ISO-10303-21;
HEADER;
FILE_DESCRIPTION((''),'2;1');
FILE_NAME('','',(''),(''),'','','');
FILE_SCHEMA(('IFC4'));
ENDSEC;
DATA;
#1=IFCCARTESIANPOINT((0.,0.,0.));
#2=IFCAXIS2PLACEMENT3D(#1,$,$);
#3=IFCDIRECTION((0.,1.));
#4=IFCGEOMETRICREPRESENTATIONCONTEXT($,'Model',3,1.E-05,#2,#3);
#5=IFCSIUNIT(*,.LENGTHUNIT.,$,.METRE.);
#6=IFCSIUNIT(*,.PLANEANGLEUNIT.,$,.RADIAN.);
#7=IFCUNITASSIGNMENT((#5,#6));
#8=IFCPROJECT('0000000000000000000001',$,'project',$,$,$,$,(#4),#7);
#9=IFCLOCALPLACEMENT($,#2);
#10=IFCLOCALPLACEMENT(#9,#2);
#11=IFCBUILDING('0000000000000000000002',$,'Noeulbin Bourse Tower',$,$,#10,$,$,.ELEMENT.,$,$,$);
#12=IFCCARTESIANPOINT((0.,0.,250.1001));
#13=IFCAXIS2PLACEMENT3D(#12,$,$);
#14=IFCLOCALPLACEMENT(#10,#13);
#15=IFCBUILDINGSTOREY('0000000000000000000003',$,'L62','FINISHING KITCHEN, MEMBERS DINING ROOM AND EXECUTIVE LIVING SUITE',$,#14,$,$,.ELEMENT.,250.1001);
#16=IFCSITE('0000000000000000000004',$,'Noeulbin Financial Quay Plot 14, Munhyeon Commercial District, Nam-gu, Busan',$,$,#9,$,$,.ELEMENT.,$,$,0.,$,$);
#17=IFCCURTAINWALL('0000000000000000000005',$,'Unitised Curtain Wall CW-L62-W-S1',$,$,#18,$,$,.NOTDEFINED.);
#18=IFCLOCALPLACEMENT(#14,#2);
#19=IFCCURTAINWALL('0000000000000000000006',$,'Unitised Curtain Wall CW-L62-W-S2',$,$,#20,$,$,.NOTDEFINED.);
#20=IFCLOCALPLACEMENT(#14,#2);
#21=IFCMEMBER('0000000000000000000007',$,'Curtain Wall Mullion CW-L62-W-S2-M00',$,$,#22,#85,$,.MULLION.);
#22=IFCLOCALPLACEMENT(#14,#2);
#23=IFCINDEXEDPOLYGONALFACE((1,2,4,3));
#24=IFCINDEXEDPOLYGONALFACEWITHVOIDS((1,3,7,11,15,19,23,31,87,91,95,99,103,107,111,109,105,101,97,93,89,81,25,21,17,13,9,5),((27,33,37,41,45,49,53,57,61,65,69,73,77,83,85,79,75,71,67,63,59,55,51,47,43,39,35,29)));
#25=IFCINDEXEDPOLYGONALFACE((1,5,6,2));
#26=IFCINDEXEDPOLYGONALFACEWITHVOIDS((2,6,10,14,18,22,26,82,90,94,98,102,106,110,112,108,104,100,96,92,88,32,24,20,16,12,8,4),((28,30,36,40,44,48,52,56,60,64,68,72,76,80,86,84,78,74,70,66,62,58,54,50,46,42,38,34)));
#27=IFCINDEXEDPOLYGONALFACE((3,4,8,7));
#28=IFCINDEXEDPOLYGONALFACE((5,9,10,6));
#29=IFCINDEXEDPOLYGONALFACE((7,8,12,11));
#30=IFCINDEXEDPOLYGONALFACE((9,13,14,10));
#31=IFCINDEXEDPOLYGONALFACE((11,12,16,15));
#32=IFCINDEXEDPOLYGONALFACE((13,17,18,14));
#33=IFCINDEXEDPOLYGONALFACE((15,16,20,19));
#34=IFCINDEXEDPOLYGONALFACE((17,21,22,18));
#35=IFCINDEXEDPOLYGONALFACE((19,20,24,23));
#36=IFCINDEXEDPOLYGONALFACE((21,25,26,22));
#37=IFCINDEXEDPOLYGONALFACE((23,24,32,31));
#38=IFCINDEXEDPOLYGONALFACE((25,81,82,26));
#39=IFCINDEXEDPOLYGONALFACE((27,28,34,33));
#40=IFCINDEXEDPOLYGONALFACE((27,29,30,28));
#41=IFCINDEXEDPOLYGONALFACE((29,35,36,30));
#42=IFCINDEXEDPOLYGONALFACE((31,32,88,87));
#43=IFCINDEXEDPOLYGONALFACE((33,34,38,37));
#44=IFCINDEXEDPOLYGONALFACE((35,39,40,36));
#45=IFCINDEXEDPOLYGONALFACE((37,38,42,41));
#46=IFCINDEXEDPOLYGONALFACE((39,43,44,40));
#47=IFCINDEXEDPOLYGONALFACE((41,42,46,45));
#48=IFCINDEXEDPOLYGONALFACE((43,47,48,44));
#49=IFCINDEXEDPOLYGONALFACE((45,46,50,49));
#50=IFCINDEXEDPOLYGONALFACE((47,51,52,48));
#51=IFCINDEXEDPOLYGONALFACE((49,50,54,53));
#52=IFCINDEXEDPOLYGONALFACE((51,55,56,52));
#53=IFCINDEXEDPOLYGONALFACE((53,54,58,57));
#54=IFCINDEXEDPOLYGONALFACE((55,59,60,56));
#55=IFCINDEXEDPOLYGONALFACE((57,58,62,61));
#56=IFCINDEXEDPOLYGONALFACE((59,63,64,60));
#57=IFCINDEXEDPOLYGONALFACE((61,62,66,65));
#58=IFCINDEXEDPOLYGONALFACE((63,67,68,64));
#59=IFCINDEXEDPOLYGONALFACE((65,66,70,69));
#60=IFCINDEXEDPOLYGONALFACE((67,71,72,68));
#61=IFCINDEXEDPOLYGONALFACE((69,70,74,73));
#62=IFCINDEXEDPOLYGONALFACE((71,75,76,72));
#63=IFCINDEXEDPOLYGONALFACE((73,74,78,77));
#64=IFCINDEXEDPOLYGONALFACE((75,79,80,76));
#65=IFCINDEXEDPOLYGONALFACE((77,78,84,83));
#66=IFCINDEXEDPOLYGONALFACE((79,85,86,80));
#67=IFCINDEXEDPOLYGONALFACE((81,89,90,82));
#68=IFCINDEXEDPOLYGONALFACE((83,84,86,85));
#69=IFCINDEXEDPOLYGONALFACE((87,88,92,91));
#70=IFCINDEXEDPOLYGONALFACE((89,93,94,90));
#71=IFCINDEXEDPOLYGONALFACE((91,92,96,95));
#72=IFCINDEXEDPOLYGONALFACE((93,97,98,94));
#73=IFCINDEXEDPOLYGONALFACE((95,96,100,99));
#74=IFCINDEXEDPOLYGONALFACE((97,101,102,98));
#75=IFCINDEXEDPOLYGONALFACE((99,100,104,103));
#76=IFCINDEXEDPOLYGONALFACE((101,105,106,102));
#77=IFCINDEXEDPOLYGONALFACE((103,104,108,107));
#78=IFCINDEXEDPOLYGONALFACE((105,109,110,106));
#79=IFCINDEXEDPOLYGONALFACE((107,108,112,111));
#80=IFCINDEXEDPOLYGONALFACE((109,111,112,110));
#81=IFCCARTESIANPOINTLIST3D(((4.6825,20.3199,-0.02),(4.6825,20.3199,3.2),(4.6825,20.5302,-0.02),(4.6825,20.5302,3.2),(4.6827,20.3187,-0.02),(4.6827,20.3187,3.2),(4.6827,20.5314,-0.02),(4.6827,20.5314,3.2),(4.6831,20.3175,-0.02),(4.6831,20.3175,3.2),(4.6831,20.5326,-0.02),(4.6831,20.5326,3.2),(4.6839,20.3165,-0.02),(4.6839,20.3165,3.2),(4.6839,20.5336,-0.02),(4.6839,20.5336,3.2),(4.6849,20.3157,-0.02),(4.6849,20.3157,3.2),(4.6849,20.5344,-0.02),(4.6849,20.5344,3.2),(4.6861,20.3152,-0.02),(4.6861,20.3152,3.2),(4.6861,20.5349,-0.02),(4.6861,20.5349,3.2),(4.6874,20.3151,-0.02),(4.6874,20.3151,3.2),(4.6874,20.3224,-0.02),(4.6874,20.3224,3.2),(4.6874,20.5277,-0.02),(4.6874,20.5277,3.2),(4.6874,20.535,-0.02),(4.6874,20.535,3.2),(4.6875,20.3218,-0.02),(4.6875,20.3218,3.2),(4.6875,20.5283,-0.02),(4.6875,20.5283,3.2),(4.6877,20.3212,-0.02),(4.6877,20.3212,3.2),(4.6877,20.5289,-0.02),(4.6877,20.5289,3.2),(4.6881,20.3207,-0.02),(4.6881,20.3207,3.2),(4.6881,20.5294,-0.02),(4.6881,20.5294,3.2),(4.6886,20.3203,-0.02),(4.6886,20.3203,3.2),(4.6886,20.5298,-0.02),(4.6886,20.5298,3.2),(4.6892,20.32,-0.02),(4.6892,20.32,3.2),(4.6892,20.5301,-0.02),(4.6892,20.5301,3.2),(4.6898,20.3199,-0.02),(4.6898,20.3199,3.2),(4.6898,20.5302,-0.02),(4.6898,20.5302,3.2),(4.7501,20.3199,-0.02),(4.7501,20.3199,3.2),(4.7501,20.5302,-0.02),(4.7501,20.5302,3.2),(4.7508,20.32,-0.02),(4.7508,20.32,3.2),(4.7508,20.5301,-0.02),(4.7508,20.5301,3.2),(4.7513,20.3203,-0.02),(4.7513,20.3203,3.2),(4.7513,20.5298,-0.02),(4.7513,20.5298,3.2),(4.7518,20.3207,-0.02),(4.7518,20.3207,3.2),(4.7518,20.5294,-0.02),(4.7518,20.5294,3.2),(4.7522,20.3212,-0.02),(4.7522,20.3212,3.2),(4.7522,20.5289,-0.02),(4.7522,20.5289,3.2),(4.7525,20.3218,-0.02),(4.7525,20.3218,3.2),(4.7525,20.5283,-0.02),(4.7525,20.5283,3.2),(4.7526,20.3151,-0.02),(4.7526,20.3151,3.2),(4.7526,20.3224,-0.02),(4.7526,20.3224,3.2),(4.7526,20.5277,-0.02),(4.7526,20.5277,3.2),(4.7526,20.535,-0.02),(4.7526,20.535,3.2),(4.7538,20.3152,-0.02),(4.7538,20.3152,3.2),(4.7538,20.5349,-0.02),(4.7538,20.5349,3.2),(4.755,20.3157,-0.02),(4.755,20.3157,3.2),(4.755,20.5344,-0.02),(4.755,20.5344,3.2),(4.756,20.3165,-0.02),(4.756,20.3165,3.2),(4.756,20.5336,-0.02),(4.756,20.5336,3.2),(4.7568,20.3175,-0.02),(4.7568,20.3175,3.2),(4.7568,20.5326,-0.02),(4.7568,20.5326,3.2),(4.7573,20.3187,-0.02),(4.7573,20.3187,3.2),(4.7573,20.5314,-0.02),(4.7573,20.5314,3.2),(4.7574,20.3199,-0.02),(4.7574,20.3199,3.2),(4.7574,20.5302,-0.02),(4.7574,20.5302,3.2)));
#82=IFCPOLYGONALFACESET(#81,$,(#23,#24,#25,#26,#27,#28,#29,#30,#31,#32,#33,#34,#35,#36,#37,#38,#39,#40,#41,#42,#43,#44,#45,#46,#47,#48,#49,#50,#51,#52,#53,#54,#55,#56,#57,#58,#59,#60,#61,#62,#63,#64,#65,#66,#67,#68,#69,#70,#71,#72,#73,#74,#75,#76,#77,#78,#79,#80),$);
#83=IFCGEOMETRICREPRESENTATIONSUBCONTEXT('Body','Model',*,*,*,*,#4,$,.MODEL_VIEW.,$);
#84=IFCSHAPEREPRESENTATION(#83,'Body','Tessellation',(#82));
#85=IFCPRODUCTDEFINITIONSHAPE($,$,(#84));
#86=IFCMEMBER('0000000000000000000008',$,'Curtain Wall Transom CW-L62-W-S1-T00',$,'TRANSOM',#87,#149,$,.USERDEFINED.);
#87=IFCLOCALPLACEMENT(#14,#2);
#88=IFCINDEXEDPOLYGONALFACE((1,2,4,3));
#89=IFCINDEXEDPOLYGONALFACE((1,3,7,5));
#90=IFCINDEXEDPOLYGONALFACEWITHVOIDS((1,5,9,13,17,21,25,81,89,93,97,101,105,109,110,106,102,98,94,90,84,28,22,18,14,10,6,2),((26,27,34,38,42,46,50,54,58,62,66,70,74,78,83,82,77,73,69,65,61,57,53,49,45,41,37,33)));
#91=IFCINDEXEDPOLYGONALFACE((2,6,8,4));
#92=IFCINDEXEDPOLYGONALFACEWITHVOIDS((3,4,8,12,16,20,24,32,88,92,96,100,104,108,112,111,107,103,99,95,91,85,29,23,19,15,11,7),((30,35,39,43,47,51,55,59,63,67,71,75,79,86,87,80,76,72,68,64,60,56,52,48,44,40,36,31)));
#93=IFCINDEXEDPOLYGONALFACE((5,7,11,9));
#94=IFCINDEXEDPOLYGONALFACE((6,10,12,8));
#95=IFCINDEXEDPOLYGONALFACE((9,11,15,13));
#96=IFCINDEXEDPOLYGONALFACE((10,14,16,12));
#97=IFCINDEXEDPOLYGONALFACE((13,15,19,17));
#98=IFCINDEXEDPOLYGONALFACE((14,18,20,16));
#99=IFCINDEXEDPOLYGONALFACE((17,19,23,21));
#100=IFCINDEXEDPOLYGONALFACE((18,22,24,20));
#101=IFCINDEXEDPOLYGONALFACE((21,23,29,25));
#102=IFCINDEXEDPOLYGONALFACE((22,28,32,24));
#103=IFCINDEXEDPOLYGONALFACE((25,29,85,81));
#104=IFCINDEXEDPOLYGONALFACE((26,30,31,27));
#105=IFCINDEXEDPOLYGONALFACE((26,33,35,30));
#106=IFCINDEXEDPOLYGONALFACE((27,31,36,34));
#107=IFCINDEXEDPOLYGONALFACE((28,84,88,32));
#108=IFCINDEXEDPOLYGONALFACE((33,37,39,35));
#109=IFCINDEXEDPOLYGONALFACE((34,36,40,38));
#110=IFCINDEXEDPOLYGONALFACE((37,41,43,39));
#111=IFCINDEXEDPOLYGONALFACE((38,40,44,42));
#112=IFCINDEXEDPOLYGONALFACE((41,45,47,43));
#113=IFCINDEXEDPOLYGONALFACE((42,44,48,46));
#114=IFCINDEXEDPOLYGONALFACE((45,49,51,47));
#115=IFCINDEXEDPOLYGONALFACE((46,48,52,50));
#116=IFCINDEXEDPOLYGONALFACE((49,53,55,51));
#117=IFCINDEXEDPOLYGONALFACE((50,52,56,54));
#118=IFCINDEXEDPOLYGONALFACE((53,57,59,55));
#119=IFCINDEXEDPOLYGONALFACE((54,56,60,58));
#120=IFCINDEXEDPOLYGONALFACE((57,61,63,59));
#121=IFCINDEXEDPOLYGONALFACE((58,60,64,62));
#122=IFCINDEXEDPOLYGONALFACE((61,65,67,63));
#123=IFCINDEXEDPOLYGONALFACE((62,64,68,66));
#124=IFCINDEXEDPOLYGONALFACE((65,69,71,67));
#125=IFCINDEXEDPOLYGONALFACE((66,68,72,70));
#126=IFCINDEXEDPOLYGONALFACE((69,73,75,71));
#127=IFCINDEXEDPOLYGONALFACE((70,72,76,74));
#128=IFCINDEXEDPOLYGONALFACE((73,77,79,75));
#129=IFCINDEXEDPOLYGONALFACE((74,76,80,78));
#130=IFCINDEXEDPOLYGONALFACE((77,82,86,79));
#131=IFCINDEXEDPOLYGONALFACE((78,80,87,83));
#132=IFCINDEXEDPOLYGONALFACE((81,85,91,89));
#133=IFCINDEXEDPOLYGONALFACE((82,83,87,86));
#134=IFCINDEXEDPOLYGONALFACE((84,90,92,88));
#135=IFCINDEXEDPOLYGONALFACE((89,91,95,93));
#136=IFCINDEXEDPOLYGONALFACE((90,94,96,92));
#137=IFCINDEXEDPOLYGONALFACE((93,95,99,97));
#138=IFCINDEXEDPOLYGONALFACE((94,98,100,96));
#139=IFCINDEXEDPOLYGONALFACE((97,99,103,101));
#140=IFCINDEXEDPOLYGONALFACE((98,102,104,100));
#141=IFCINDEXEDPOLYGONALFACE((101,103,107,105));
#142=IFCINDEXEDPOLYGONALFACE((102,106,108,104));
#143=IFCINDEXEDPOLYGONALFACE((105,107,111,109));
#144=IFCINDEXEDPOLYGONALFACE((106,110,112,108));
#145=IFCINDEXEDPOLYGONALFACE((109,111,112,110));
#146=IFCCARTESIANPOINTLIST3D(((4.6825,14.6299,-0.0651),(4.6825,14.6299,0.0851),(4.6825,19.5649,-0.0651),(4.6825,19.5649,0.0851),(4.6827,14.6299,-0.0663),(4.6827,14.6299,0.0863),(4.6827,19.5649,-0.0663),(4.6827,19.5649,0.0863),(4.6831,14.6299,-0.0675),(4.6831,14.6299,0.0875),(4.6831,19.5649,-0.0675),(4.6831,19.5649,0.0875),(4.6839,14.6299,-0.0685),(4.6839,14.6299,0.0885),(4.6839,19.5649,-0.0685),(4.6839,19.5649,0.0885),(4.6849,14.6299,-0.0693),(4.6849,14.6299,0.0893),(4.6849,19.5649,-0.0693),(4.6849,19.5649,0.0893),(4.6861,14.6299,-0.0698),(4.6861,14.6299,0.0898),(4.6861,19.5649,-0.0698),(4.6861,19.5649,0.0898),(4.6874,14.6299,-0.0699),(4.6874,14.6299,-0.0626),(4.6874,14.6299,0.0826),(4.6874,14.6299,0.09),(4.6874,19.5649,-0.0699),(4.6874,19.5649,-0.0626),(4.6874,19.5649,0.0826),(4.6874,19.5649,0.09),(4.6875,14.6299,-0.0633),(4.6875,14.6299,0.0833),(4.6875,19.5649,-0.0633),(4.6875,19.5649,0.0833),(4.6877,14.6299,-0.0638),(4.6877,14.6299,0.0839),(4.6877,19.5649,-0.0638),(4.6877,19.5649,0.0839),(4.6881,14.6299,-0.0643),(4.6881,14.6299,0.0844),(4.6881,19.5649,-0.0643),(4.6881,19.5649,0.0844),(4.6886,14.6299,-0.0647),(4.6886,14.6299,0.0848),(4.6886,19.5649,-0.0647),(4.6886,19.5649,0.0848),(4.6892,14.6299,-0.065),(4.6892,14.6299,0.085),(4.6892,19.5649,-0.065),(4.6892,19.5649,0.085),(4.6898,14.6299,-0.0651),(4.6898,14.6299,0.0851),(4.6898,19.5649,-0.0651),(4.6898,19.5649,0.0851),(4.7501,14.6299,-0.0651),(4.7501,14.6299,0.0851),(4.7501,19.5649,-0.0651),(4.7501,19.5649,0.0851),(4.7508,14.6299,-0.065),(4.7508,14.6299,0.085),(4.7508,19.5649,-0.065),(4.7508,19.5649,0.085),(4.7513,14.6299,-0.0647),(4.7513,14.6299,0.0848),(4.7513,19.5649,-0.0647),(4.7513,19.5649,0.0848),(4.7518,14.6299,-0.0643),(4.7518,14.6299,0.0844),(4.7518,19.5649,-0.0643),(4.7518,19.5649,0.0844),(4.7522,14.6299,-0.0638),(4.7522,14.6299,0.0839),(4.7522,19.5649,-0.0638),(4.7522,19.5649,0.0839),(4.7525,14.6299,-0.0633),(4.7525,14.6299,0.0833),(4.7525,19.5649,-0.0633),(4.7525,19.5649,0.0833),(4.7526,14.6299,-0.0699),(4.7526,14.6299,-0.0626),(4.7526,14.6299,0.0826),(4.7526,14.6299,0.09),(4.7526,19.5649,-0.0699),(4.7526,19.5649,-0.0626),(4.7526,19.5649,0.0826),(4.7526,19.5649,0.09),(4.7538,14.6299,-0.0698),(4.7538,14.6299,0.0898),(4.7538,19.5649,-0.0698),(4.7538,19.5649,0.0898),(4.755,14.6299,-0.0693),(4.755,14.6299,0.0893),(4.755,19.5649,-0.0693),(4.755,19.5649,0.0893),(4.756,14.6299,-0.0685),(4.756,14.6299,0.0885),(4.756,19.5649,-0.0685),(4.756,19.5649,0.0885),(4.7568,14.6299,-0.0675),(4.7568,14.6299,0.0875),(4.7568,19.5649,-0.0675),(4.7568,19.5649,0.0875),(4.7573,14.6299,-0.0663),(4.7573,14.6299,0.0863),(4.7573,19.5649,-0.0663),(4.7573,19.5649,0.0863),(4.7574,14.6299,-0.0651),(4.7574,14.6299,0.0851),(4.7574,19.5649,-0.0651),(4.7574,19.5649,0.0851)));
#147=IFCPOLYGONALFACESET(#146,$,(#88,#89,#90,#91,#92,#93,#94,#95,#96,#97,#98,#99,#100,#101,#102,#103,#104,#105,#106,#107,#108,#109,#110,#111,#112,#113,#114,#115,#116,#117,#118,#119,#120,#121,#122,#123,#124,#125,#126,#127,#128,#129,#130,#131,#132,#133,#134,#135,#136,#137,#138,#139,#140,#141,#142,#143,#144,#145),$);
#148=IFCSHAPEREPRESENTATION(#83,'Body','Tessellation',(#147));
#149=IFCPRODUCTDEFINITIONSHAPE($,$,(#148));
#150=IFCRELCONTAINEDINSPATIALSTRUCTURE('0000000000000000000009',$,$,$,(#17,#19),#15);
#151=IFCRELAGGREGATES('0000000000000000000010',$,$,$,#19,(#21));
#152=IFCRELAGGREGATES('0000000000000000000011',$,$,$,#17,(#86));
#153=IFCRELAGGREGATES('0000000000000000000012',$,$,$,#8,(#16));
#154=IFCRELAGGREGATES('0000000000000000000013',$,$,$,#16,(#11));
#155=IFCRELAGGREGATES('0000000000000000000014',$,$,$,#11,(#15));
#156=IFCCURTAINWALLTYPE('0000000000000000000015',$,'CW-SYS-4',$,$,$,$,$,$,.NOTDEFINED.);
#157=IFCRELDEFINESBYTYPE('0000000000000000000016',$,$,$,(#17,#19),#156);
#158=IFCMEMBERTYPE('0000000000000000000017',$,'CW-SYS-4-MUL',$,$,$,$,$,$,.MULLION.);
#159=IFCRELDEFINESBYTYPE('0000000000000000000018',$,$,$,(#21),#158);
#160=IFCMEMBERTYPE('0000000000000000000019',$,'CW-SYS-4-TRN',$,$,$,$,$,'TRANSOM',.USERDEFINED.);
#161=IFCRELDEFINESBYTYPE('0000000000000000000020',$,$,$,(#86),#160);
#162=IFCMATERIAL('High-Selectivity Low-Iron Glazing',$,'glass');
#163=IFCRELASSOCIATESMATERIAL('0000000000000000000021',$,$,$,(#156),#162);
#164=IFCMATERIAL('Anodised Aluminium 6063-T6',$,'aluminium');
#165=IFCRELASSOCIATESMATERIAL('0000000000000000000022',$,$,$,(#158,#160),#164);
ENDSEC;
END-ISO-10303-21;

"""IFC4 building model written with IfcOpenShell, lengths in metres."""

from ifc_helpers import new_model, si_unit, direction, frame, origin, origin_2d, place, context, subcontext, project, spatial, hollow_rectangle, extrude, material, material_profile, profile_set, type_object, element, aggregate, save


model = new_model("IFC4")

# Units and contexts
model_context = context("Model", 3, precision=1e-05, world=origin(), true_north=direction((0.0, 1.0)))
body_context = subcontext(model_context, "Body", "Model", "MODEL_VIEW")
ifc_project = project(units=[si_unit("LENGTHUNIT", "METRE"), si_unit("PLANEANGLEUNIT", "RADIAN")], contexts=[model_context])

# Site, building, storey
site_placement = place(None, origin())
site = spatial("IfcSite", under=ifc_project, at=site_placement, Name="Noeulbin Financial Quay Plot 14, Munhyeon Commercial District, Nam-gu, Busan", CompositionType="ELEMENT", RefElevation=0.0)
building_placement = place(site_placement, origin())
building = spatial("IfcBuilding", under=site, at=building_placement, Name="Noeulbin Bourse Tower", CompositionType="ELEMENT")
storey_placement = place(building_placement, frame((0.0, 0.0, 250.1001)))
storey = spatial("IfcBuildingStorey", under=building, at=storey_placement, Name="L62", Description="FINISHING KITCHEN, MEMBERS DINING ROOM AND EXECUTIVE LIVING SUITE", CompositionType="ELEMENT", Elevation=250.1001)

# Curtain wall
ifc_material_1 = material(Name="High-Selectivity Low-Iron Glazing", Category="glass")
curtain_wall_type = type_object("IfcCurtainWallType", Name="CW-SYS-4", PredefinedType="NOTDEFINED", material=ifc_material_1)
curtain_wall_1_placement = place(storey_placement, origin())
curtain_wall_1 = element("IfcCurtainWall", 1, at=curtain_wall_1_placement, inside=storey, type_object=curtain_wall_type, Name="Unitised Curtain Wall CW-L62-W-S1", PredefinedType="NOTDEFINED")
ifc_material_2 = material(Name="Anodised Aluminium 6063-T6", Category="aluminium")
ifc_material_profile_1 = material_profile(ifc_material_2, hollow_rectangle(XDim=0.075, YDim=0.22, WallThickness=0.0049, InnerFilletRadius=0.0024, OuterFilletRadius=0.0049, at=origin_2d()), Name="ALU-MULL-75x220x5", Category="LoadBearing")
ifc_profile_set_1 = profile_set([ifc_material_profile_1], Name="Anodised Aluminium 6063-T6")
member_type_1 = type_object("IfcMemberType", Name="CW-SYS-4-MUL", PredefinedType="MULLION", material=ifc_profile_set_1)

# Curtain wall, member
curtain_wall_2_placement = place(storey_placement, origin())
curtain_wall_2 = element("IfcCurtainWall", 2, at=curtain_wall_2_placement, inside=storey, type_object=curtain_wall_type, Name="Unitised Curtain Wall CW-L62-W-S2", PredefinedType="NOTDEFINED")
member_1_placement = place(storey_placement, frame((4.72, 20.425, -0.02), z_axis=(0.0, 0.0, 1.0), x_axis=(1.0, 0.0, 0.0)))
member_1 = element("IfcMember", 3, at=member_1_placement, type_object=member_type_1, Name="Curtain Wall Mullion CW-L62-W-S2-M00", PredefinedType="MULLION", context=body_context, shape_type="SweptSolid", body=[
    extrude(hollow_rectangle(XDim=0.075, YDim=0.22, WallThickness=0.0049, InnerFilletRadius=0.0024, OuterFilletRadius=0.0049, at=origin_2d()), origin(), (0.0, 0.0, 1.0), 3.22),
])

# Member
ifc_material_profile_2 = material_profile(ifc_material_2, hollow_rectangle(XDim=0.075, YDim=0.1599, WallThickness=0.0049, InnerFilletRadius=0.0024, OuterFilletRadius=0.0049, at=origin_2d()), Name="ALU-TRAN-75x160x5", Category="LoadBearing")
ifc_profile_set_2 = profile_set([ifc_material_profile_2], Name="Anodised Aluminium 6063-T6")
member_type_2 = type_object("IfcMemberType", Name="CW-SYS-4-TRN", ElementType="TRANSOM", PredefinedType="USERDEFINED", material=ifc_profile_set_2)
member_2_placement = place(storey_placement, frame((4.72, 14.6299, 0.01), z_axis=(0.0, 1.0, 0.0), x_axis=(-1.0, 0.0, 0.0)))
member_2 = element("IfcMember", 4, at=member_2_placement, type_object=member_type_2, Name="Curtain Wall Transom CW-L62-W-S1-T00", ObjectType="TRANSOM", PredefinedType="USERDEFINED", context=body_context, shape_type="SweptSolid", body=[
    extrude(hollow_rectangle(XDim=0.075, YDim=0.1599, WallThickness=0.0049, InnerFilletRadius=0.0024, OuterFilletRadius=0.0049, at=origin_2d()), origin(), (0.0, 0.0, 1.0), 4.9351),
])
aggregate(curtain_wall_2, [member_1])

aggregate(curtain_wall_1, [member_2])

save(model, "model.ifc")
